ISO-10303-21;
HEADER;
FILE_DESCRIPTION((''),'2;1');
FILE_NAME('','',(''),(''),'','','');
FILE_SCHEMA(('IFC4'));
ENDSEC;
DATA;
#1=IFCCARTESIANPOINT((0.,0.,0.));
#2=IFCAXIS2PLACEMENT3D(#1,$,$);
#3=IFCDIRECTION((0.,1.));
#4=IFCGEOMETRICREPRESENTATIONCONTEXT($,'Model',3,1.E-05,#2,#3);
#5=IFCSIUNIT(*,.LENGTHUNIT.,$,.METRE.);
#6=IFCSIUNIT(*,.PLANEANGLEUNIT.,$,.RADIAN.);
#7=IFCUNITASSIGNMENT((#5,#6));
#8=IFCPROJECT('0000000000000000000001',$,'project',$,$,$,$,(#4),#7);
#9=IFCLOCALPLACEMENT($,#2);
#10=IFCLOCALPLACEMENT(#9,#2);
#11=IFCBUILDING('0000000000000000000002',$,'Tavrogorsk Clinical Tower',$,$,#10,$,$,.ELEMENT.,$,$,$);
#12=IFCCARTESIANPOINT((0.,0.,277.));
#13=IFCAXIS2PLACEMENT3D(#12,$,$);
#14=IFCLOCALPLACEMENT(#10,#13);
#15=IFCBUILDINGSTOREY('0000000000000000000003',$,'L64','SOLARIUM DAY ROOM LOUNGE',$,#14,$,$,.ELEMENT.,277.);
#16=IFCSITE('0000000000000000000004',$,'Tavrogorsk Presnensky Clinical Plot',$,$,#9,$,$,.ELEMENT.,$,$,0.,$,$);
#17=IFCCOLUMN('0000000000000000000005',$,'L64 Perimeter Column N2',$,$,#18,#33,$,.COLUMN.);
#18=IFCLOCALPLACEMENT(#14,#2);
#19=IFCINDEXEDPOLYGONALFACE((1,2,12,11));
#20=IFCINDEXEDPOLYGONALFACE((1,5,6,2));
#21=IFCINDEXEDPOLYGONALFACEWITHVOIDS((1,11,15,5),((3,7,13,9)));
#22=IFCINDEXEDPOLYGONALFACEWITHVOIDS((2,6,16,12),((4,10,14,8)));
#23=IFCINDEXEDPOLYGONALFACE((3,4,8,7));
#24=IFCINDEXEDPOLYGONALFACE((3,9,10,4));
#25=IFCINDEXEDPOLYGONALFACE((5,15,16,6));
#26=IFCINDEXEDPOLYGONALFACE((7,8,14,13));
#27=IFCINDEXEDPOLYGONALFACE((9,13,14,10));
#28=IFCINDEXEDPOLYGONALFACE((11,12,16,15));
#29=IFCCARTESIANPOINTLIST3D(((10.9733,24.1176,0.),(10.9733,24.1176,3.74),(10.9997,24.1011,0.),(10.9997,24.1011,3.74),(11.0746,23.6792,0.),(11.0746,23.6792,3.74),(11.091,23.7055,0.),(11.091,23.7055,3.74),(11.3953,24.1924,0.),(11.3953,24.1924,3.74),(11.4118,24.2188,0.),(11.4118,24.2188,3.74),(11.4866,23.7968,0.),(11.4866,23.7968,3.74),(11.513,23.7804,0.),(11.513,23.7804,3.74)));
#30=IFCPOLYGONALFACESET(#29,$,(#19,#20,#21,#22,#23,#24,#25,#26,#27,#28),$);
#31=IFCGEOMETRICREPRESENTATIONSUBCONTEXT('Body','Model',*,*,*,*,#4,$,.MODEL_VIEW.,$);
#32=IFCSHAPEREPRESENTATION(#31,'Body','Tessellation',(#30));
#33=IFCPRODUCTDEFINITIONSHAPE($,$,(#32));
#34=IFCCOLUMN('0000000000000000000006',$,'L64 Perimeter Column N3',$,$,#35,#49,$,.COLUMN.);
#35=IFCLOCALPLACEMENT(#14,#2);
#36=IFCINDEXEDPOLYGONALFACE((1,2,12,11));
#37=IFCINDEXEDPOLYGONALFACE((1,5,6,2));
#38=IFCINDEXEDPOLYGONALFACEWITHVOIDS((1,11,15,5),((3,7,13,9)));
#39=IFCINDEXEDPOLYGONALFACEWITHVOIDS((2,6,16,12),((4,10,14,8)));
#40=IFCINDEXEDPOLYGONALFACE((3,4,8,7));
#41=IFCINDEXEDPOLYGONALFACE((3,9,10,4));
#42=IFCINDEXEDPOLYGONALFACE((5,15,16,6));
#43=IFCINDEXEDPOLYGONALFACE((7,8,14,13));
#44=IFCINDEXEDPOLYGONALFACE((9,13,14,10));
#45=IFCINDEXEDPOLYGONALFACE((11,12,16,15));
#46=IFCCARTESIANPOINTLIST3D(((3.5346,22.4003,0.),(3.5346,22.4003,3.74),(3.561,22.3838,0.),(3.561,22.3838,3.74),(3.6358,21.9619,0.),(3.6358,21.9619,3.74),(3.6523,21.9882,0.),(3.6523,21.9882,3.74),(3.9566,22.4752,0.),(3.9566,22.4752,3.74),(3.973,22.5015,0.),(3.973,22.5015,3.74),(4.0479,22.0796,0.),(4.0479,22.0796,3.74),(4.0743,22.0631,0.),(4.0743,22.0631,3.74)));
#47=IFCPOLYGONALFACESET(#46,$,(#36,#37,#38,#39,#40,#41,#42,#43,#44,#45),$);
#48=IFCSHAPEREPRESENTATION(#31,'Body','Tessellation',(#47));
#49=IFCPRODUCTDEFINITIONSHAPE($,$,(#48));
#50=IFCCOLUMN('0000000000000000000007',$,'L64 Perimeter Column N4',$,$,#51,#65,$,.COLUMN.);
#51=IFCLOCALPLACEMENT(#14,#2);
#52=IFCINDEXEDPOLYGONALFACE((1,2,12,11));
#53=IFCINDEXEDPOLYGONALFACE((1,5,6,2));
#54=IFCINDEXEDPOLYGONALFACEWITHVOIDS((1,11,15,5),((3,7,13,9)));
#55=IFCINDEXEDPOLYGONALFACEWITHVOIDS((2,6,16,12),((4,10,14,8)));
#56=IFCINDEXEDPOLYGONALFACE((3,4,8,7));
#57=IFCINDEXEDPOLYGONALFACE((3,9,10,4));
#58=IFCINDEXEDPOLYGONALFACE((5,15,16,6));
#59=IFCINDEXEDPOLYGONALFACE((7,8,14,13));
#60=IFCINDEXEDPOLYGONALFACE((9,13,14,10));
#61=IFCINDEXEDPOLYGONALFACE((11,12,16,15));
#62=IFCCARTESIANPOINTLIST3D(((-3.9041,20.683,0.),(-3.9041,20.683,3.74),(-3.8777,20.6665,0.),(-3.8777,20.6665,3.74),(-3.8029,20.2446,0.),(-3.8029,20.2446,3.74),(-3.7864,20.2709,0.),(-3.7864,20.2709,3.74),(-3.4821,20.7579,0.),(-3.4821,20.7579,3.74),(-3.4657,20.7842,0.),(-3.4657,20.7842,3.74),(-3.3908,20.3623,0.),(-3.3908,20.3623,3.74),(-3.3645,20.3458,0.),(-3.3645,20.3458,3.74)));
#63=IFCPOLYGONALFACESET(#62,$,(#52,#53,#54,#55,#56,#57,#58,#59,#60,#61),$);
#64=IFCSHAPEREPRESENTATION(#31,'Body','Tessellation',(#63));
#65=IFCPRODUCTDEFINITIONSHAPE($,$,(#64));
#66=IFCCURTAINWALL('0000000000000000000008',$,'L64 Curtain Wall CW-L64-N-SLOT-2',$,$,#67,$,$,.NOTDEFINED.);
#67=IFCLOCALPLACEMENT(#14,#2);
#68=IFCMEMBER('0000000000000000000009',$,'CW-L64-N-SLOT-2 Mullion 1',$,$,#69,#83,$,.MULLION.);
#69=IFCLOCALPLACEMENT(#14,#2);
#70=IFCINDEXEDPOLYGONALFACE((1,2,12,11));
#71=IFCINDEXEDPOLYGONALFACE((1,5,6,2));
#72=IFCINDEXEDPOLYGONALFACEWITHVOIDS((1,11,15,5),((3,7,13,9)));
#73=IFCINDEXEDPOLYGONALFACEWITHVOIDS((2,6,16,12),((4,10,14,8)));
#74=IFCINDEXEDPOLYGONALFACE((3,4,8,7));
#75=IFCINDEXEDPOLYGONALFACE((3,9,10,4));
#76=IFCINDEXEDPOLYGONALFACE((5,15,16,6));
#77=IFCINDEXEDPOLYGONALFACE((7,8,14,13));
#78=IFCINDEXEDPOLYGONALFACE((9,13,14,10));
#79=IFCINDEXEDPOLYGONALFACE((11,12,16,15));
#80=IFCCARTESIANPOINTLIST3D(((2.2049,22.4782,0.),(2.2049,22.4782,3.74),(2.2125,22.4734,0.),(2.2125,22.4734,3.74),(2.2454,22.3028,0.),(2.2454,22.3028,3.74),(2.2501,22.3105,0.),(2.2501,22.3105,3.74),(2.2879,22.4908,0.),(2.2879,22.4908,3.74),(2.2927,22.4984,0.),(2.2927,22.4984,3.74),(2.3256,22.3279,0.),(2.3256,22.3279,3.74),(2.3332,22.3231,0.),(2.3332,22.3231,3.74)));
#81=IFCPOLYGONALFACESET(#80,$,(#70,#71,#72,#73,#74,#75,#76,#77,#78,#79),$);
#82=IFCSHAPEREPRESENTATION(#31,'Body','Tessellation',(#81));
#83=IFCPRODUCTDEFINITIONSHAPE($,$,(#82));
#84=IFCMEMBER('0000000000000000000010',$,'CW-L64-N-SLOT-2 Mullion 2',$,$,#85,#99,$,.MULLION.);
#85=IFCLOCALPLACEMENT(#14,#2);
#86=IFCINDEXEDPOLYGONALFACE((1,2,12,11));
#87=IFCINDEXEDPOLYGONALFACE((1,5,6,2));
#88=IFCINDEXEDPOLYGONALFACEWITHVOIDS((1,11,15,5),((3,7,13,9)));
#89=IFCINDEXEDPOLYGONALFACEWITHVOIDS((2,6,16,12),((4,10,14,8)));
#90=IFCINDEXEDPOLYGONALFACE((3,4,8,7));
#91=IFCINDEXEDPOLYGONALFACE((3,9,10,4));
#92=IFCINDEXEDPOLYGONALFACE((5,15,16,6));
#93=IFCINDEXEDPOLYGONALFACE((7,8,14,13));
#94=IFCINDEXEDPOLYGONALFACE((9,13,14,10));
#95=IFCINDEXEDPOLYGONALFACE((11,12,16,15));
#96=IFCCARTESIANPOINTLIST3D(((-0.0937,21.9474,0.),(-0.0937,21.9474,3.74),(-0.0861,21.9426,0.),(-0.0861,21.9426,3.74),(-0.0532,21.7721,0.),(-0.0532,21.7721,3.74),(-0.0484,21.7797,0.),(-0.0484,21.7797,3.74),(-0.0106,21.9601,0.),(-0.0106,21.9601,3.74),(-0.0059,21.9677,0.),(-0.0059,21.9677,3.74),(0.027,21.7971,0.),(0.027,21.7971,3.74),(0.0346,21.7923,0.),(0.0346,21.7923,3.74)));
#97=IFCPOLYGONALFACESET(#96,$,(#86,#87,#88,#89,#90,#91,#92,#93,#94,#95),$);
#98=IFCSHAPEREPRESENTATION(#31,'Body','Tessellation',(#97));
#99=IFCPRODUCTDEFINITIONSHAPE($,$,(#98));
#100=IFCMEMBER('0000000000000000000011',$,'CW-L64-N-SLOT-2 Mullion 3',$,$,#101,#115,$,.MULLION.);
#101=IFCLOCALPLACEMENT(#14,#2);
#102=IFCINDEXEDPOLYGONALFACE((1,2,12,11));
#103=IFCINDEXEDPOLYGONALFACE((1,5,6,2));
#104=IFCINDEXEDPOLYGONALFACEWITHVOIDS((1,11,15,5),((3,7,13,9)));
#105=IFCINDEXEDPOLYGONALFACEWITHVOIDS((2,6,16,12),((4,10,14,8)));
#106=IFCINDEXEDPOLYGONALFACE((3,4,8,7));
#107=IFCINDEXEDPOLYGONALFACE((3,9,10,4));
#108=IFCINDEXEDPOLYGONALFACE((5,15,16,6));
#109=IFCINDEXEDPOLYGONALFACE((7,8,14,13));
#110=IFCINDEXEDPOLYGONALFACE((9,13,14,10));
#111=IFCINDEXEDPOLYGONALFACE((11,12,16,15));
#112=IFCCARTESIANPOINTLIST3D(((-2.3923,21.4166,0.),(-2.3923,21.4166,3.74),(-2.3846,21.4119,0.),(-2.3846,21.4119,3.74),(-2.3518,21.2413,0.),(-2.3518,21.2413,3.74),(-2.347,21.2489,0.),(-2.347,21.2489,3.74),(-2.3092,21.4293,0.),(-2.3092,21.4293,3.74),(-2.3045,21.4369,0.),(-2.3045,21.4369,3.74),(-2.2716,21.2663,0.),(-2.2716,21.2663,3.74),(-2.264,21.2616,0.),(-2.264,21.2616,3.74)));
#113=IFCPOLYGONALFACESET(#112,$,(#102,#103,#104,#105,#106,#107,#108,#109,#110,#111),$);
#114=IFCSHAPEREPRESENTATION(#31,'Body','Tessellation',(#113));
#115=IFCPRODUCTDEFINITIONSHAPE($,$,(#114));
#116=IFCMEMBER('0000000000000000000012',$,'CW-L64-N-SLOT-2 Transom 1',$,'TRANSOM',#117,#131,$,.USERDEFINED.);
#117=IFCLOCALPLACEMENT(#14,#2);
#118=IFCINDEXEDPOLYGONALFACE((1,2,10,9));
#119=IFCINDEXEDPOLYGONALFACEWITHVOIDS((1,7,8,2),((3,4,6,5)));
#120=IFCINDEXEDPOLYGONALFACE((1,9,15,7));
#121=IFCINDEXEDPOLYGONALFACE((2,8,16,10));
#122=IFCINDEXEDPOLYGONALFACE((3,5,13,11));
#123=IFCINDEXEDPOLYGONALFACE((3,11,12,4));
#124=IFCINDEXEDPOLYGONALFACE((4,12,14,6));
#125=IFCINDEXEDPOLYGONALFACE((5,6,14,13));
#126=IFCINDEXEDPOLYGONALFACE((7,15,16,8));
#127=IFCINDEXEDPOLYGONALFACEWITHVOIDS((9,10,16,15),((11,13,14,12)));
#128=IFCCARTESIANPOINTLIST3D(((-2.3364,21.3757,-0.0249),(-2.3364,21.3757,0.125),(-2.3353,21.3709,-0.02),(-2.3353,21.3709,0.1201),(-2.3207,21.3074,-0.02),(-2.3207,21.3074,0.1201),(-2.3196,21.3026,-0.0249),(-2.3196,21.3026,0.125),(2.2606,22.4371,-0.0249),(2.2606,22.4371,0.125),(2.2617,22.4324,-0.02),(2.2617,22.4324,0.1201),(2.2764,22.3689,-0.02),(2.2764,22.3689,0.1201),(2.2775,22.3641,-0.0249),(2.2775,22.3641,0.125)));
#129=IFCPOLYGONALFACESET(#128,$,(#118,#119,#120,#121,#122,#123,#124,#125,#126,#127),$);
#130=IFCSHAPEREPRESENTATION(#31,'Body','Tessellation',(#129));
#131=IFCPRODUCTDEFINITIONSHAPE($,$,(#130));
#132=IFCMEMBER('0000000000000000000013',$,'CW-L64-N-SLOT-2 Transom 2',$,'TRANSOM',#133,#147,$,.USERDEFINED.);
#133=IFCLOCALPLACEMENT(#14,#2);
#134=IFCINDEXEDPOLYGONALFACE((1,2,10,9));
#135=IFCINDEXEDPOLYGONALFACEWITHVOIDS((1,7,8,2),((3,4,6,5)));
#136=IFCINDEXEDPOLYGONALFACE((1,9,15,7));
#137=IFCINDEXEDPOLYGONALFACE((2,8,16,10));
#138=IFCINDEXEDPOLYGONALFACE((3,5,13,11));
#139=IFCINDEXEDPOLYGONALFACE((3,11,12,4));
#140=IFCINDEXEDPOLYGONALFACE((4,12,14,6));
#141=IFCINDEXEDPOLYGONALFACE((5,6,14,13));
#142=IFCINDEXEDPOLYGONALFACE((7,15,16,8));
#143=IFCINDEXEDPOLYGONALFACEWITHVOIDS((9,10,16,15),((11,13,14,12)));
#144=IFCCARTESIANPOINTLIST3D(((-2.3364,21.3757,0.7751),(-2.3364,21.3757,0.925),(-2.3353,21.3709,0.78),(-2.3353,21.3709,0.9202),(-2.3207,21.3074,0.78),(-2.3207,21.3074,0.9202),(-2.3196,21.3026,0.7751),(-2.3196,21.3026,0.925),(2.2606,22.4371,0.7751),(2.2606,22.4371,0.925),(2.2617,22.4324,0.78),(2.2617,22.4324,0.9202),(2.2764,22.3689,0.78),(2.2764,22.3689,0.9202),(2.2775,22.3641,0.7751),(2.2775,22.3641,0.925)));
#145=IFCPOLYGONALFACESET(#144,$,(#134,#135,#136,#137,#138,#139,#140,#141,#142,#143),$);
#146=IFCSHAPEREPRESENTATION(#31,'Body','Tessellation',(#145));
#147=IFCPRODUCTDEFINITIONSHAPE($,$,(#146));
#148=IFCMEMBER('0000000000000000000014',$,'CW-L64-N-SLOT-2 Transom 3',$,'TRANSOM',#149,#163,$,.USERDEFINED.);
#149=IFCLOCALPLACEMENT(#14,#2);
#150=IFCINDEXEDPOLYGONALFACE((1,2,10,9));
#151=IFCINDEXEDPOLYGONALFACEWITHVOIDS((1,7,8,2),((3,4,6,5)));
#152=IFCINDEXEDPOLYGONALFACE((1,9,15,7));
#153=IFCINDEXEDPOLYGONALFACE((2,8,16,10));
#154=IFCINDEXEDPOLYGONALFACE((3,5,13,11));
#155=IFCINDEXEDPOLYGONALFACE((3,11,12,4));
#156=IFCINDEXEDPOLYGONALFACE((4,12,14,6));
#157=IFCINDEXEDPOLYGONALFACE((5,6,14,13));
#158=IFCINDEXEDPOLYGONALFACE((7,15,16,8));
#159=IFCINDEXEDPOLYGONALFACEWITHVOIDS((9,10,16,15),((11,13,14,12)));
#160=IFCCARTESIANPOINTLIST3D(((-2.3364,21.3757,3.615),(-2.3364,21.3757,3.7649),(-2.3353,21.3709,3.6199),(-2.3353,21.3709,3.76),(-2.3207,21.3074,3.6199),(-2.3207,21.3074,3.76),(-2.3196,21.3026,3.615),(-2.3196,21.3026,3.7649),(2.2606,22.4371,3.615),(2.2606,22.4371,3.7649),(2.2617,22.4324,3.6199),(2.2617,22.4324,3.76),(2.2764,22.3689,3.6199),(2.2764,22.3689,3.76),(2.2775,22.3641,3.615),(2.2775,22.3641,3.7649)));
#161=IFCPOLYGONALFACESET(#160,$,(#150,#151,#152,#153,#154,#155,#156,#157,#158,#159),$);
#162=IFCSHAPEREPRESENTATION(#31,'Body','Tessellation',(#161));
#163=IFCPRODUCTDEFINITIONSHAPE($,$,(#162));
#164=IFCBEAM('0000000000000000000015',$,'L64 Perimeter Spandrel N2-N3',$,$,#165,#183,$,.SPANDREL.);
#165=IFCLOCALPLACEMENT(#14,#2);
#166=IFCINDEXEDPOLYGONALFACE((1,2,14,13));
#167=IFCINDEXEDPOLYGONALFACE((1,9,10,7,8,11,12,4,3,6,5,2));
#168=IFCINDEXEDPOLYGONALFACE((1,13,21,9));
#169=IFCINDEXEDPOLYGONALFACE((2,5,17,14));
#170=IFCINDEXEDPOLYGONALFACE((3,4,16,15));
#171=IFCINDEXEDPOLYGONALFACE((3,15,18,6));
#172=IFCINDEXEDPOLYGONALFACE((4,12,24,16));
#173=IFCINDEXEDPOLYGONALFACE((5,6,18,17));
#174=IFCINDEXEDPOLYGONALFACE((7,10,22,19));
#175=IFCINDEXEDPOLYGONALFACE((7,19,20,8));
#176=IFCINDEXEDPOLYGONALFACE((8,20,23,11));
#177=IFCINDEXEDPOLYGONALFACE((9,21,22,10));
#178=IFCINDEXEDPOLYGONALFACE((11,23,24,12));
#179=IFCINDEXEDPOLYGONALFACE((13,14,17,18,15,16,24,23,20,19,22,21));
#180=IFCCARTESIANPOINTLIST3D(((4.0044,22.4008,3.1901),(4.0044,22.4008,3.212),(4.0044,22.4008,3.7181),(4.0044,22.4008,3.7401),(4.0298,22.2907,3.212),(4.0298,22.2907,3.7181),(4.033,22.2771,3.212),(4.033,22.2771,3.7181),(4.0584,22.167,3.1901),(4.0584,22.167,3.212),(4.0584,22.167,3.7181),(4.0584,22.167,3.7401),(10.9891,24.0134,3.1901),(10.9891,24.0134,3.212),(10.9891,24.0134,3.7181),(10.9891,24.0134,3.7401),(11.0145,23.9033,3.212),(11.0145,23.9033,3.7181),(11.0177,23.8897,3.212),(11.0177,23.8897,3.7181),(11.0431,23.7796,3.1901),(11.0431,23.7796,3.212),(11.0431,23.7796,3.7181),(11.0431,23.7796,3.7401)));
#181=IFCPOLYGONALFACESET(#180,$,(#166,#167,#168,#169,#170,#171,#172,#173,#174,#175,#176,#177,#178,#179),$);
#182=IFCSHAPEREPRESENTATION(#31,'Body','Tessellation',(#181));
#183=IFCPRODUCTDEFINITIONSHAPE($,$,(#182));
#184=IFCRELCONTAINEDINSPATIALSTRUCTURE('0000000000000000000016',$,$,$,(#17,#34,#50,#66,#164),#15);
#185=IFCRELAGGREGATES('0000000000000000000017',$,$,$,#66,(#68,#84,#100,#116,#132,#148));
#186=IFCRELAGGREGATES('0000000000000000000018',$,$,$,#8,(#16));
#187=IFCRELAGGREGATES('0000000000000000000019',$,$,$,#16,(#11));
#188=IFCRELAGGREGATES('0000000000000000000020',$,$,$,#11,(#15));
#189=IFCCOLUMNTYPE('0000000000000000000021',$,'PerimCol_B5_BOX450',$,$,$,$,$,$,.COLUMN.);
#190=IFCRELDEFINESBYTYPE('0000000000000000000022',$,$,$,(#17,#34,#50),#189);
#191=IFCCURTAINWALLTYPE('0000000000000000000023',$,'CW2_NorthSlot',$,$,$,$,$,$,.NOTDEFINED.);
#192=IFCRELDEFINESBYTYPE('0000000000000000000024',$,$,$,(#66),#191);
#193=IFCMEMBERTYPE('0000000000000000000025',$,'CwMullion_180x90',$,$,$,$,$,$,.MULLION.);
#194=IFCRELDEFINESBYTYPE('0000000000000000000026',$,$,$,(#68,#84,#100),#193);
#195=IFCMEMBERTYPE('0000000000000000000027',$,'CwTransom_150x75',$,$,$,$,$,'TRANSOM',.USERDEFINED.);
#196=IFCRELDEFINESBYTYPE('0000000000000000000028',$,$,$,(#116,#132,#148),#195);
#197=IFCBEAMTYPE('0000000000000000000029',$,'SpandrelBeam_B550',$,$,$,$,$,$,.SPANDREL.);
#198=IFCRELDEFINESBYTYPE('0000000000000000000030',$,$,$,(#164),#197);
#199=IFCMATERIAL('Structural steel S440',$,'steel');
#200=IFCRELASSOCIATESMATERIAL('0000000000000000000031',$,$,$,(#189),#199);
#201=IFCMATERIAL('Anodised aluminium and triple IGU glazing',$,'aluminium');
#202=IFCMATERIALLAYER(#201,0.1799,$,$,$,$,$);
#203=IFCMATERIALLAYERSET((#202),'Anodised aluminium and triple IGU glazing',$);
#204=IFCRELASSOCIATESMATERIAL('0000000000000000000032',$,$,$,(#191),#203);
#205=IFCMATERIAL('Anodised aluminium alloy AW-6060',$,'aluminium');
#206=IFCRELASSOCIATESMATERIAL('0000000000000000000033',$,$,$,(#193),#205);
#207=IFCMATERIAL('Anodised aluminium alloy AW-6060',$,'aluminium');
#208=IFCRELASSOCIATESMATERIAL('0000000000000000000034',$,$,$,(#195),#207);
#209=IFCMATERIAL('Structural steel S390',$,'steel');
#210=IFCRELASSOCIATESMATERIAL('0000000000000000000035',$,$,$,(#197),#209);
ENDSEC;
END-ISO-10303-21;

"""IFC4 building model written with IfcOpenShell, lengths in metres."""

from ifc_helpers import new_model, si_unit, direction, frame, origin, origin_2d, place, context, subcontext, project, spatial, hollow_rectangle, i_section, extrude, material, layer, layer_set, material_profile, profile_set, type_object, element, aggregate, save


model = new_model("IFC4")

# Units and contexts
model_context = context("Model", 3, precision=1e-05, world=origin(), true_north=direction((0.0, 1.0)))
body_context = subcontext(model_context, "Body", "Model", "MODEL_VIEW")
ifc_project = project(units=[si_unit("LENGTHUNIT", "METRE"), si_unit("PLANEANGLEUNIT", "RADIAN")], contexts=[model_context])

# Site, building, storey
site_placement = place(None, origin())
site = spatial("IfcSite", under=ifc_project, at=site_placement, Name="Tavrogorsk Presnensky Clinical Plot", CompositionType="ELEMENT", RefElevation=0.0)
building_placement = place(site_placement, origin())
building = spatial("IfcBuilding", under=site, at=building_placement, Name="Tavrogorsk Clinical Tower", CompositionType="ELEMENT")
storey_placement = place(building_placement, frame((0.0, 0.0, 277.0)))
storey = spatial("IfcBuildingStorey", under=building, at=storey_placement, Name="L64", Description="SOLARIUM DAY ROOM LOUNGE", CompositionType="ELEMENT", Elevation=277.0)

# Columns
ifc_material_1 = material(Name="Structural steel S440", Category="steel")
ifc_material_profile_1 = material_profile(ifc_material_1, hollow_rectangle(XDim=0.45, YDim=0.45, WallThickness=0.022, at=origin_2d()), Name="BOX-450x450x22")
ifc_profile_set_1 = profile_set([ifc_material_profile_1], Name="Structural steel S440")
column_type = type_object("IfcColumnType", Name="PerimCol_B5_BOX450", PredefinedType="COLUMN", material=ifc_profile_set_1)
for number, where, z_axis, x_axis, name in (
    (1, (11.2432, 23.949, 0.0), (0.0, 0.0, 1.0), (0.97437, 0.224951, 0.0), "L64 Perimeter Column N2"),
    (2, (3.8044, 22.2317, 0.0), (0.0, 0.0, 1.0), (0.97437, 0.224951, 0.0), "L64 Perimeter Column N3"),
    (3, (-3.6343, 20.5144, 0.0), (0.0, 0.0, 1.0), (0.97437, 0.224951, 0.0), "L64 Perimeter Column N4"),
):
    element("IfcColumn", number, at=place(storey_placement, frame(where, z_axis=z_axis, x_axis=x_axis)), inside=storey, type_object=column_type, Name=name, PredefinedType="COLUMN", context=body_context, shape_type="SweptSolid", body=[
        extrude(hollow_rectangle(XDim=0.45, YDim=0.45, WallThickness=0.022, at=origin_2d()), origin(), (0.0, 0.0, 1.0), 3.74),
    ])

# Curtain wall, members
ifc_material_2 = material(Name="Anodised aluminium and triple IGU glazing", Category="aluminium")
ifc_layer_1 = layer(ifc_material_2, 0.1799)
ifc_layer_set_1 = layer_set([ifc_layer_1], Name="Anodised aluminium and triple IGU glazing")
curtain_wall_type = type_object("IfcCurtainWallType", Name="CW2_NorthSlot", PredefinedType="NOTDEFINED", material=ifc_layer_set_1)
curtain_wall_placement = place(storey_placement, origin())
curtain_wall = element("IfcCurtainWall", 4, at=curtain_wall_placement, inside=storey, type_object=curtain_wall_type, Name="L64 Curtain Wall CW-L64-N-SLOT-2", PredefinedType="NOTDEFINED")
ifc_material_3 = material(Name="Anodised aluminium alloy AW-6060", Category="aluminium")
ifc_material_profile_2 = material_profile(ifc_material_3, hollow_rectangle(XDim=0.0901, YDim=0.1799, WallThickness=0.0063, at=origin_2d()), Name="RHS-180x90x6.3")
ifc_profile_set_2 = profile_set([ifc_material_profile_2], Name="Anodised aluminium alloy AW-6060")
member_type_1 = type_object("IfcMemberType", Name="CwMullion_180x90", PredefinedType="MULLION", material=ifc_profile_set_2)
member_1_placement = place(storey_placement, frame((2.269, 22.4006, 0.0), z_axis=(0.0, 0.0, 1.0), x_axis=(-0.97437, -0.224951, 0.0)))
member_1 = element("IfcMember", 5, at=member_1_placement, type_object=member_type_1, Name="CW-L64-N-SLOT-2 Mullion 1", PredefinedType="MULLION", context=body_context, shape_type="SweptSolid", body=[
    extrude(hollow_rectangle(XDim=0.0901, YDim=0.1799, WallThickness=0.0063, at=origin_2d()), origin(), (0.0, 0.0, 1.0), 3.74),
])
member_2_placement = place(storey_placement, frame((-0.0295, 21.8699, 0.0), z_axis=(0.0, 0.0, 1.0), x_axis=(-0.97437, -0.224951, 0.0)))
member_2 = element("IfcMember", 6, at=member_2_placement, type_object=member_type_1, Name="CW-L64-N-SLOT-2 Mullion 2", PredefinedType="MULLION", context=body_context, shape_type="SweptSolid", body=[
    extrude(hollow_rectangle(XDim=0.0901, YDim=0.1799, WallThickness=0.0063, at=origin_2d()), origin(), (0.0, 0.0, 1.0), 3.74),
])
member_3_placement = place(storey_placement, frame((-2.3281, 21.3391, 0.0), z_axis=(0.0, 0.0, 1.0), x_axis=(-0.97437, -0.224951, 0.0)))
member_3 = element("IfcMember", 7, at=member_3_placement, type_object=member_type_1, Name="CW-L64-N-SLOT-2 Mullion 3", PredefinedType="MULLION", context=body_context, shape_type="SweptSolid", body=[
    extrude(hollow_rectangle(XDim=0.0901, YDim=0.1799, WallThickness=0.0063, at=origin_2d()), origin(), (0.0, 0.0, 1.0), 3.74),
])
ifc_material_4 = material(Name="Anodised aluminium alloy AW-6060", Category="aluminium")
ifc_material_profile_3 = material_profile(ifc_material_4, hollow_rectangle(XDim=0.075, YDim=0.1499, WallThickness=0.0049, at=origin_2d()), Name="RHS-150x75x5")
ifc_profile_set_3 = profile_set([ifc_material_profile_3], Name="Anodised aluminium alloy AW-6060")
member_type_2 = type_object("IfcMemberType", Name="CwTransom_150x75", ElementType="TRANSOM", PredefinedType="USERDEFINED", material=ifc_profile_set_3)
member_4_placement = place(storey_placement, frame((2.269, 22.4006, 0.05), z_axis=(-0.974362, -0.224988, 0.0), x_axis=(0.224988, -0.974362, 0.0)))
member_4 = element("IfcMember", 8, at=member_4_placement, type_object=member_type_2, Name="CW-L64-N-SLOT-2 Transom 1", ObjectType="TRANSOM", PredefinedType="USERDEFINED", context=body_context, shape_type="SweptSolid", body=[
    extrude(hollow_rectangle(XDim=0.075, YDim=0.1499, WallThickness=0.0049, at=origin_2d()), origin(), (0.0, 0.0, 1.0), 4.718),
])
member_5_placement = place(storey_placement, frame((2.269, 22.4006, 0.8501), z_axis=(-0.974362, -0.224988, 0.0), x_axis=(0.224988, -0.974362, 0.0)))
member_5 = element("IfcMember", 9, at=member_5_placement, type_object=member_type_2, Name="CW-L64-N-SLOT-2 Transom 2", ObjectType="TRANSOM", PredefinedType="USERDEFINED", context=body_context, shape_type="SweptSolid", body=[
    extrude(hollow_rectangle(XDim=0.075, YDim=0.1499, WallThickness=0.0049, at=origin_2d()), origin(), (0.0, 0.0, 1.0), 4.718),
])
member_6_placement = place(storey_placement, frame((2.269, 22.4006, 3.6899), z_axis=(-0.974362, -0.224988, 0.0), x_axis=(0.224988, -0.974362, 0.0)))
member_6 = element("IfcMember", 10, at=member_6_placement, type_object=member_type_2, Name="CW-L64-N-SLOT-2 Transom 3", ObjectType="TRANSOM", PredefinedType="USERDEFINED", context=body_context, shape_type="SweptSolid", body=[
    extrude(hollow_rectangle(XDim=0.075, YDim=0.1499, WallThickness=0.0049, at=origin_2d()), origin(), (0.0, 0.0, 1.0), 4.718),
])

# Beam
ifc_material_5 = material(Name="Structural steel S390", Category="steel")
ifc_material_profile_4 = material_profile(ifc_material_5, i_section(OverallWidth=0.24, OverallDepth=0.55, WebThickness=0.0139, FlangeThickness=0.022, at=origin_2d()), Name="B-550x240x14x22")
ifc_profile_set_4 = profile_set([ifc_material_profile_4], Name="Structural steel S390")
beam_type = type_object("IfcBeamType", Name="SpandrelBeam_B550", PredefinedType="SPANDREL", material=ifc_profile_set_4)
for number, where, z_axis, x_axis, name in (
    (11, (11.0161, 23.8965, 3.4651), (-0.974369, -0.224954, 0.0), (0.224954, -0.974369, 0.0), "L64 Perimeter Spandrel N2-N3"),
):
    element("IfcBeam", number, at=place(storey_placement, frame(where, z_axis=z_axis, x_axis=x_axis)), inside=storey, type_object=beam_type, Name=name, PredefinedType="SPANDREL", context=body_context, shape_type="SweptSolid", body=[
        extrude(i_section(OverallWidth=0.24, OverallDepth=0.55, WebThickness=0.0139, FlangeThickness=0.022, at=origin_2d()), origin(), (0.0, 0.0, 1.0), 7.1685),
    ])

aggregate(curtain_wall, [member_1, member_2, member_3, member_4, member_5, member_6])

save(model, "model.ifc")
